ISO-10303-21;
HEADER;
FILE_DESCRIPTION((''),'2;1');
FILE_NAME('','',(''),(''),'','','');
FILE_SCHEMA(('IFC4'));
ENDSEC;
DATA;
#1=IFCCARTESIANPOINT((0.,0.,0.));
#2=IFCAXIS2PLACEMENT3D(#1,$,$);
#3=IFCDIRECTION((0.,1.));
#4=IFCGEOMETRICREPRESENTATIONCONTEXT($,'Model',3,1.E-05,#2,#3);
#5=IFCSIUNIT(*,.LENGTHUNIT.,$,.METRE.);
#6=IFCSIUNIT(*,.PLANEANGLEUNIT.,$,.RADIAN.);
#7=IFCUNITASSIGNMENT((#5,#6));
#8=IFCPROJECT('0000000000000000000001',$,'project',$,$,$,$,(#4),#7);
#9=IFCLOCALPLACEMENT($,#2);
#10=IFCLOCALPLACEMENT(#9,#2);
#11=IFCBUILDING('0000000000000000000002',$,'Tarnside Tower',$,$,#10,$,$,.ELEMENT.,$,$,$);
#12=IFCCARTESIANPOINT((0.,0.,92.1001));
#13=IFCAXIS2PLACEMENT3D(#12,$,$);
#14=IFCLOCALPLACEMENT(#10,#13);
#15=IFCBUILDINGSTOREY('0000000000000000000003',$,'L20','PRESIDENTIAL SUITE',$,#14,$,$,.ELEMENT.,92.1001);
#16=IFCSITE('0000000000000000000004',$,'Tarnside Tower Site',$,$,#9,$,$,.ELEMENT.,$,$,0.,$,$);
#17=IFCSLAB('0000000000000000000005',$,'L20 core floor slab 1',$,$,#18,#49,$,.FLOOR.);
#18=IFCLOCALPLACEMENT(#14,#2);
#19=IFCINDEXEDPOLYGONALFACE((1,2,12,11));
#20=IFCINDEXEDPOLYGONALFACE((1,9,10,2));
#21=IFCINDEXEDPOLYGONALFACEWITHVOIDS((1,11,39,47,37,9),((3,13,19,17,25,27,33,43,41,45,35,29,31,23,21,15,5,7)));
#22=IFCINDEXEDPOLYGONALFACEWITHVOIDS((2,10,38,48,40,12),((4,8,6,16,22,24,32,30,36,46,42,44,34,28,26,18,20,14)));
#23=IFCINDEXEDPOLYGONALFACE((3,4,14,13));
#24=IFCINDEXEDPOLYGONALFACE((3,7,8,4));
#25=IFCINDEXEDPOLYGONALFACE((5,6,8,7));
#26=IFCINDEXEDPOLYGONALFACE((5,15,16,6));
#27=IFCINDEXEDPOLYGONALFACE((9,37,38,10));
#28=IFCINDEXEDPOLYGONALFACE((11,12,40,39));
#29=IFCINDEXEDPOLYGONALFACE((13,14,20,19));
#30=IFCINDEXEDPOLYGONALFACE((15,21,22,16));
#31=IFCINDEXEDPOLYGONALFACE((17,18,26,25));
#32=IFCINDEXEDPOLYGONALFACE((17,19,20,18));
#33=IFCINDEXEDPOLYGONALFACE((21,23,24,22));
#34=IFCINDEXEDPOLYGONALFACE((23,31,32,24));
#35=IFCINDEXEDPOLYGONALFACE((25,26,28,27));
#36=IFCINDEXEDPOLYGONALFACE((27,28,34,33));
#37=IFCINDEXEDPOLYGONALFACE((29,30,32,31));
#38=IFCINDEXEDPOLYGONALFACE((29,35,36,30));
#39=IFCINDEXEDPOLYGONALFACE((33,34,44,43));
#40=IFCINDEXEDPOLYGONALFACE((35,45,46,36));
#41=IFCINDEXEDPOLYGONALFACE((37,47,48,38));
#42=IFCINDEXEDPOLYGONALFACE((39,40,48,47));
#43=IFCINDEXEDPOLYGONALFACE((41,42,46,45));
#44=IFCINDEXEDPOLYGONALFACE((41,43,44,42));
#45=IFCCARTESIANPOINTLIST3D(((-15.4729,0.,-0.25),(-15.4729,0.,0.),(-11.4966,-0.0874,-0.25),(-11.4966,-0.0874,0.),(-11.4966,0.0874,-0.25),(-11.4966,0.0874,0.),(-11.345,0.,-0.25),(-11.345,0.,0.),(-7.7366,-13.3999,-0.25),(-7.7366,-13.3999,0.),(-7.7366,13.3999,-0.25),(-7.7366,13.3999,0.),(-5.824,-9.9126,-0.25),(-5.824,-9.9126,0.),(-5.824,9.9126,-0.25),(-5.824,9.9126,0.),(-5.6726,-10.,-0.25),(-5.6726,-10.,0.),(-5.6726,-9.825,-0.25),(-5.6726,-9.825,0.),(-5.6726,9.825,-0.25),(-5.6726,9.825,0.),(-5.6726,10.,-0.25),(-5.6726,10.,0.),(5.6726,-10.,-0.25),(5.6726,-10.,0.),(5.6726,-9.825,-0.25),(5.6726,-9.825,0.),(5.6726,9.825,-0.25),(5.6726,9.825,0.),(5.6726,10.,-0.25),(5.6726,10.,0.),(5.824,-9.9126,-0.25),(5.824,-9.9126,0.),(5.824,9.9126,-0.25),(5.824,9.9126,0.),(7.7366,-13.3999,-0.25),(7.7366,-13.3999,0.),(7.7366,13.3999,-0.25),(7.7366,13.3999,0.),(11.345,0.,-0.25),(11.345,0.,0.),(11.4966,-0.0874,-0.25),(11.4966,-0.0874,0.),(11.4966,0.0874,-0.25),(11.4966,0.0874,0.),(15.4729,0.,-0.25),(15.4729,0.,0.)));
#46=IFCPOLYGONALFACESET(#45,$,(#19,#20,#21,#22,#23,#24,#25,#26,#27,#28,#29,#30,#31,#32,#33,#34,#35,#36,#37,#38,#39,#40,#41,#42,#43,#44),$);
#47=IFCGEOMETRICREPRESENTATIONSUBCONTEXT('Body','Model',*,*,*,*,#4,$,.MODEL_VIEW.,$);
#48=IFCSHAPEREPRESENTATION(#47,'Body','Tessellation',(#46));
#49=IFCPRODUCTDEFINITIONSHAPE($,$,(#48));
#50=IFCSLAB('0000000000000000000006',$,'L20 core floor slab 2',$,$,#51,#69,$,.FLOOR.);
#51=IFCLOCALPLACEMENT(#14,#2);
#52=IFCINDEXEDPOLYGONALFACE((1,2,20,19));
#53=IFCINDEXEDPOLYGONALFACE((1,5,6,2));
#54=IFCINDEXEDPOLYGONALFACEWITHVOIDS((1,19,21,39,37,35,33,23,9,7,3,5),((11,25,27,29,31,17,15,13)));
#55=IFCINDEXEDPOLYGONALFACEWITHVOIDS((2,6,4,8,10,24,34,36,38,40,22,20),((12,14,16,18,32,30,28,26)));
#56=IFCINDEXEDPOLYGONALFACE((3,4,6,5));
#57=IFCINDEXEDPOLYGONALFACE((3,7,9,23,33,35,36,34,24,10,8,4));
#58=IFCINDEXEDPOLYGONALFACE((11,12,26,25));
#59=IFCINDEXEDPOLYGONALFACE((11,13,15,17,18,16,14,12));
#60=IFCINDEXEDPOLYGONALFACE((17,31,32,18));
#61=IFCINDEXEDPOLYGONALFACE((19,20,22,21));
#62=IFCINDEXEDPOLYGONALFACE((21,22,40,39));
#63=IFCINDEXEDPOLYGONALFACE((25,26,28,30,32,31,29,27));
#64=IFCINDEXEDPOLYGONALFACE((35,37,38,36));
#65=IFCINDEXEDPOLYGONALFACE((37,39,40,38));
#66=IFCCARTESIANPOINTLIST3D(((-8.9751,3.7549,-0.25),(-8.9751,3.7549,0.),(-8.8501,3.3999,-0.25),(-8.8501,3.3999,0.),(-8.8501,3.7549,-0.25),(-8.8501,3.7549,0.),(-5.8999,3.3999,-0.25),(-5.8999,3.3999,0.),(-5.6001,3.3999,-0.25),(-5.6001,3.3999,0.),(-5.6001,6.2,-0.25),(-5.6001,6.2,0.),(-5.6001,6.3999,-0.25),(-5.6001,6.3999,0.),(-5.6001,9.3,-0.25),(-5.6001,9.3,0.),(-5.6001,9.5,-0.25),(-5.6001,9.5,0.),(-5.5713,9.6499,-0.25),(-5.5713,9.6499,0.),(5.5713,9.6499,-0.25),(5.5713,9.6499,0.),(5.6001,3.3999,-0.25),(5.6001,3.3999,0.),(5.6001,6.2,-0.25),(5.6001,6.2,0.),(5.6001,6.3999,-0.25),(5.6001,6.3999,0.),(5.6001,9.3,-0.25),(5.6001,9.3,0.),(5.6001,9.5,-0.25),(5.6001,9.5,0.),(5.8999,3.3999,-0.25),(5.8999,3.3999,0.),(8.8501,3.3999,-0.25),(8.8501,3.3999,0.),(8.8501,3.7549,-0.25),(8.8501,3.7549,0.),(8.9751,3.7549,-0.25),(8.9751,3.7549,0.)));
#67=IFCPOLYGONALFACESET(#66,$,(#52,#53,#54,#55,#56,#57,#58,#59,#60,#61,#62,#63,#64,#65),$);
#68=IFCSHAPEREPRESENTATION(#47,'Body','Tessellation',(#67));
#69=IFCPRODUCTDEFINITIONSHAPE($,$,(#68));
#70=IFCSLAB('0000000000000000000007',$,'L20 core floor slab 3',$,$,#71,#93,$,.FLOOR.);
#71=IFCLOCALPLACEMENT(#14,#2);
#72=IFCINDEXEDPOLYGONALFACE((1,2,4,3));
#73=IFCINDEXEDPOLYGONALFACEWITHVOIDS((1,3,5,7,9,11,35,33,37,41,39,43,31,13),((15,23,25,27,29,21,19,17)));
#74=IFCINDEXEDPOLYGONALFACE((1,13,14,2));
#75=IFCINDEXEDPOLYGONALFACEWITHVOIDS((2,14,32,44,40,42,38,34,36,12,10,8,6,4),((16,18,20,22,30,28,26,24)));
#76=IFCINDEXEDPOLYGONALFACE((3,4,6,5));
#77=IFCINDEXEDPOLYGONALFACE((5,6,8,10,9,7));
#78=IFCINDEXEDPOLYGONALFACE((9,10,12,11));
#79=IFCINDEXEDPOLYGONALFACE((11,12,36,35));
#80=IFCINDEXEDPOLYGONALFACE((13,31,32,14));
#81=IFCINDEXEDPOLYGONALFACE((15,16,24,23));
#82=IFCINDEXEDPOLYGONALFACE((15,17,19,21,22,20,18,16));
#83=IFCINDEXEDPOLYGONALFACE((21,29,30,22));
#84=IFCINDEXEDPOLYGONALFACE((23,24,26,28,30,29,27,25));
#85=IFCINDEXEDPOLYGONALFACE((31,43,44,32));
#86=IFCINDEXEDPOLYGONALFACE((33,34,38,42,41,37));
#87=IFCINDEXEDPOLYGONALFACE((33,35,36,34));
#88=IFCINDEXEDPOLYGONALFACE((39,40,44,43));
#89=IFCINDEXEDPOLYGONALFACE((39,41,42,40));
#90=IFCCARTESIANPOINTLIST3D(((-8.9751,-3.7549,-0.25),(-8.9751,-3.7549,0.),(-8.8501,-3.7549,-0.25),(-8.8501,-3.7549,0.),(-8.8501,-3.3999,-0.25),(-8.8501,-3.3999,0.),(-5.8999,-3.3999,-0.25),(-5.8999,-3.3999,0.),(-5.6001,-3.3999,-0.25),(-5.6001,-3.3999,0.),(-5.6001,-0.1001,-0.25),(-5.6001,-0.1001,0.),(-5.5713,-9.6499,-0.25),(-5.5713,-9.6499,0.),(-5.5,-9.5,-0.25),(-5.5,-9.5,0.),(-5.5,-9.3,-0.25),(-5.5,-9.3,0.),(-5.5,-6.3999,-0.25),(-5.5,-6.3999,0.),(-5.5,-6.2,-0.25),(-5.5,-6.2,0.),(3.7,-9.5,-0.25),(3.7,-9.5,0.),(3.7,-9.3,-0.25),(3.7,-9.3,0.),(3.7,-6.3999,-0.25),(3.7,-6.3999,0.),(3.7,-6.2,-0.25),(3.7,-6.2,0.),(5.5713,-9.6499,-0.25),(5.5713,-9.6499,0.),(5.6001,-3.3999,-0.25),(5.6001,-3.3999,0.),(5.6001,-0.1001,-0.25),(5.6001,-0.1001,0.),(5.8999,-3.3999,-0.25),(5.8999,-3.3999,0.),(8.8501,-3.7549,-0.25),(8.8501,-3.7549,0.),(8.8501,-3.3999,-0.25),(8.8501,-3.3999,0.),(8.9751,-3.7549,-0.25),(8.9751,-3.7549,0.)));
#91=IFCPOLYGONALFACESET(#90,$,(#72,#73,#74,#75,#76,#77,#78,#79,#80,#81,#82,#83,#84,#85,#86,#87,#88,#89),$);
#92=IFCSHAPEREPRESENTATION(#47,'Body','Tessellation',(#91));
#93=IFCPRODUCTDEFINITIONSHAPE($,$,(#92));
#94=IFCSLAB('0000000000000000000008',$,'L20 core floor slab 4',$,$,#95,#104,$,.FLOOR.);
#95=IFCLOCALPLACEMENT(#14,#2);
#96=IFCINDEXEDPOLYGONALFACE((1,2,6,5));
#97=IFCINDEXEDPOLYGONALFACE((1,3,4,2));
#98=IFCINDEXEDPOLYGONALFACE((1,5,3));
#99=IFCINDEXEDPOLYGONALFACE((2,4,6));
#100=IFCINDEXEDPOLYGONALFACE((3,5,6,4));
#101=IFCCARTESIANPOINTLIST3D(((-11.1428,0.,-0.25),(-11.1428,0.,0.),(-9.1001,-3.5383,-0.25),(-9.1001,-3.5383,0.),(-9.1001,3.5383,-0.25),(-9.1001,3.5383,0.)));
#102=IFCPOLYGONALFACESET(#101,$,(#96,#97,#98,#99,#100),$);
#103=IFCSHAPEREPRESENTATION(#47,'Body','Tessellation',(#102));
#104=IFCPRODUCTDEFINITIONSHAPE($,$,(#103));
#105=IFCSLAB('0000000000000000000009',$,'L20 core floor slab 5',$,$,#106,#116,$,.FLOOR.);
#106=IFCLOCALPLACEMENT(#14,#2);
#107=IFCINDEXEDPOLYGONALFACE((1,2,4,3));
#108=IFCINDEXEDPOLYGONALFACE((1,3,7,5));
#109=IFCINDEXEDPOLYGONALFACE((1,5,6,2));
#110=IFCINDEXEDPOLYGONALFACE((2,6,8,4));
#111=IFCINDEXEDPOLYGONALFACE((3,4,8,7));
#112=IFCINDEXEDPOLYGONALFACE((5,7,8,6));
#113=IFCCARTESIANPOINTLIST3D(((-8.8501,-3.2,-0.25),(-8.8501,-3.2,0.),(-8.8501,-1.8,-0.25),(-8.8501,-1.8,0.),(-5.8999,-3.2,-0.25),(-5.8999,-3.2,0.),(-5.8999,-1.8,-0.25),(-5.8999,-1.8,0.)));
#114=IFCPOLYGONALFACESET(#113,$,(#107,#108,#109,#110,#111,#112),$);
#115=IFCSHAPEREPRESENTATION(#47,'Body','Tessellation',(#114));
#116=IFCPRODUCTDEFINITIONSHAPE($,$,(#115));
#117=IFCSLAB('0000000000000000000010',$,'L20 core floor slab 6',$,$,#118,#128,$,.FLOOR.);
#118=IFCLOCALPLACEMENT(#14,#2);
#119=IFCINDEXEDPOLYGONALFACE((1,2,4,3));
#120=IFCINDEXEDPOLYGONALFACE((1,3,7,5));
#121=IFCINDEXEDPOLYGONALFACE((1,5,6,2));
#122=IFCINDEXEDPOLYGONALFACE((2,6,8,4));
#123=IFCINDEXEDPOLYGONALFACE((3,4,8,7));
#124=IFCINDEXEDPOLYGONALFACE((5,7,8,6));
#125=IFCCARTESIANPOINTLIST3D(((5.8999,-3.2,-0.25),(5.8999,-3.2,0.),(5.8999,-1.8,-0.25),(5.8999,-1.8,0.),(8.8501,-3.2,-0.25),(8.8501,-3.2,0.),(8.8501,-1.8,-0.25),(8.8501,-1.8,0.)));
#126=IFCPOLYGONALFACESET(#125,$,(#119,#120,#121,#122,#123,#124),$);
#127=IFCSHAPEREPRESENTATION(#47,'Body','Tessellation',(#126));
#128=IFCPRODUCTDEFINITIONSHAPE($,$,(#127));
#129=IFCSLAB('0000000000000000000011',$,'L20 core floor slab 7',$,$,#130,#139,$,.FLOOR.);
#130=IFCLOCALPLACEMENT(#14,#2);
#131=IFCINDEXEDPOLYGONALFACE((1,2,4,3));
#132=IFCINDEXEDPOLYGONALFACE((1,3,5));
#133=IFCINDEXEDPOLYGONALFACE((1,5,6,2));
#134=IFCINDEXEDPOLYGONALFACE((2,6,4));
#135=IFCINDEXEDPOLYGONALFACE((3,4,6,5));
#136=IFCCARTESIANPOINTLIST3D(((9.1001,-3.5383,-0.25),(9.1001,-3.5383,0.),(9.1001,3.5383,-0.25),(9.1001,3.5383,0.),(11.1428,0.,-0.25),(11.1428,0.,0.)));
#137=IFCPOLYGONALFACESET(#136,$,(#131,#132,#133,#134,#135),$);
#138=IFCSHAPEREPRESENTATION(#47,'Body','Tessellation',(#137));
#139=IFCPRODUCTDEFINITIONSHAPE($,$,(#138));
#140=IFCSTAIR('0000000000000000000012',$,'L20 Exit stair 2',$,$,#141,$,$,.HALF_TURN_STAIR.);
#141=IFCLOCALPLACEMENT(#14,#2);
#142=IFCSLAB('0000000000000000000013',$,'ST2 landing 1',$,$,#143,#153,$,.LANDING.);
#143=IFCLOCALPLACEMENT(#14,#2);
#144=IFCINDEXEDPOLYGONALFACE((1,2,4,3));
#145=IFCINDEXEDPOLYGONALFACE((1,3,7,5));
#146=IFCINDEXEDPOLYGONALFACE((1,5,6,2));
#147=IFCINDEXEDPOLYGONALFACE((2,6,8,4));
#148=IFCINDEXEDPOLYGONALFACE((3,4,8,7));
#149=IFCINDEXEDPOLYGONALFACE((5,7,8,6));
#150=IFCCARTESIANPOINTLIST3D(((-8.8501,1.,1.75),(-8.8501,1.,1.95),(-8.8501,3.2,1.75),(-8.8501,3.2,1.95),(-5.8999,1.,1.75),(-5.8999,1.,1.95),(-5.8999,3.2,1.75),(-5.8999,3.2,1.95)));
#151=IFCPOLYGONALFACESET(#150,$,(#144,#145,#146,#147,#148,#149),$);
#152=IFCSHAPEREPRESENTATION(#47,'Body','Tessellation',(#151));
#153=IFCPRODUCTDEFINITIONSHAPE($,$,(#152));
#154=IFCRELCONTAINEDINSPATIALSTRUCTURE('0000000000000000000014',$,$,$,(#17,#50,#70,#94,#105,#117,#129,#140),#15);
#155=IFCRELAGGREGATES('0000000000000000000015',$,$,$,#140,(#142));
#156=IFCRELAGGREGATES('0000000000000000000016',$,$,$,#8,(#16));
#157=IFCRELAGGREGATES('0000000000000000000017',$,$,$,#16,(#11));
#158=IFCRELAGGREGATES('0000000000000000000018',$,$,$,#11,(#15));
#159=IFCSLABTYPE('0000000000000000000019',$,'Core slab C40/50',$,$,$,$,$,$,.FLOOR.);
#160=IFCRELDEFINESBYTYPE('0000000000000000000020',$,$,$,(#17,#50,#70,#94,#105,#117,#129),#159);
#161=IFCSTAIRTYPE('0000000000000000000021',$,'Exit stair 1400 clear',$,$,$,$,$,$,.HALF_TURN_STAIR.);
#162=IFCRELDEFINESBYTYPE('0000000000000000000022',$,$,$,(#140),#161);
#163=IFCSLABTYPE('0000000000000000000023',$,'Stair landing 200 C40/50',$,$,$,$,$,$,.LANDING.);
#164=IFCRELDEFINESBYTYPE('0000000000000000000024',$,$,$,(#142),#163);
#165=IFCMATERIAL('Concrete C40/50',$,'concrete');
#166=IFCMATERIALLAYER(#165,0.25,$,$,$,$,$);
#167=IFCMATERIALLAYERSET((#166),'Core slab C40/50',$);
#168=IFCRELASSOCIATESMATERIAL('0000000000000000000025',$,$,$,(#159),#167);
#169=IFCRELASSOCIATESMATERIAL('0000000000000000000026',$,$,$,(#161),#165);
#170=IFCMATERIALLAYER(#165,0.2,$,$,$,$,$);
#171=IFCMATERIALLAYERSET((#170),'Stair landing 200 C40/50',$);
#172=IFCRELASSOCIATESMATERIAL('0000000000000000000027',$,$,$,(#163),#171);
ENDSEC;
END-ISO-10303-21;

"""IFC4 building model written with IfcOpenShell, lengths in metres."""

from ifc_helpers import new_model, si_unit, direction, frame, origin, place, context, subcontext, project, spatial, polyline, outline, extrude, material, layer, layer_set, type_object, element, aggregate, save


model = new_model("IFC4")

# Units and contexts
model_context = context("Model", 3, precision=1e-05, world=origin(), true_north=direction((0.0, 1.0)))
body_context = subcontext(model_context, "Body", "Model", "MODEL_VIEW")
ifc_project = project(units=[si_unit("LENGTHUNIT", "METRE"), si_unit("PLANEANGLEUNIT", "RADIAN")], contexts=[model_context])

# Site, building, storey
site_placement = place(None, origin())
site = spatial("IfcSite", under=ifc_project, at=site_placement, Name="Tarnside Tower Site", CompositionType="ELEMENT", RefElevation=0.0)
building_placement = place(site_placement, origin())
building = spatial("IfcBuilding", under=site, at=building_placement, Name="Tarnside Tower", CompositionType="ELEMENT")
storey_placement = place(building_placement, frame((0.0, 0.0, 92.1001)))
storey = spatial("IfcBuildingStorey", under=building, at=storey_placement, Name="L20", Description="PRESIDENTIAL SUITE", CompositionType="ELEMENT", Elevation=92.1001)

# Slabs
ifc_material_1 = material(Name="Concrete C40/50", Category="concrete")
ifc_layer_1 = layer(ifc_material_1, 0.25)
ifc_layer_set_1 = layer_set([ifc_layer_1], Name="Core slab C40/50")
slab_type_1 = type_object("IfcSlabType", Name="Core slab C40/50", PredefinedType="FLOOR", material=ifc_layer_set_1)
slab_1_placement = place(storey_placement, frame((0.0, 0.0, -0.25)))
element("IfcSlab", 1, at=slab_1_placement, inside=storey, type_object=slab_type_1, Name="L20 core floor slab 1", PredefinedType="FLOOR", context=body_context, shape_type="SweptSolid", body=[
    extrude(outline(polyline([(-15.4729, 0.0), (-7.7366, 13.3999), (7.7366, 13.3999), (15.4729, 0.0), (7.7366, -13.3999), (-7.7366, -13.3999), (-15.4729, 0.0)]), holes=[polyline([(5.824, -9.9126), (11.4966, -0.0874), (11.345, 0.0), (11.4966, 0.0874), (5.824, 9.9126), (5.6726, 9.825), (5.6726, 10.0), (-5.6726, 10.0), (-5.6726, 9.825), (-5.824, 9.9126), (-11.4966, 0.0874), (-11.345, 0.0), (-11.4966, -0.0874), (-5.824, -9.9126), (-5.6726, -9.825), (-5.6726, -10.0), (5.6726, -10.0), (5.6726, -9.825), (5.824, -9.9126)])]), origin(), (0.0, 0.0, 1.0), 0.25),
])
slab_2_placement = place(storey_placement, frame((0.0, 0.0, -0.25)))
element("IfcSlab", 2, at=slab_2_placement, inside=storey, type_object=slab_type_1, Name="L20 core floor slab 2", PredefinedType="FLOOR", context=body_context, shape_type="SweptSolid", body=[
    extrude(outline(polyline([(-8.9751, 3.7549), (-5.5713, 9.6499), (5.5713, 9.6499), (8.9751, 3.7549), (8.8501, 3.7549), (8.8501, 3.3999), (5.8999, 3.3999), (5.6001, 3.3999), (5.6001, 3.3999), (-5.6001, 3.3999), (-5.8999, 3.3999), (-8.8501, 3.3999), (-8.8501, 3.7549), (-8.9751, 3.7549)]), holes=[polyline([(-5.6001, 6.2), (5.6001, 6.2), (5.6001, 6.3999), (5.6001, 9.3), (5.6001, 9.5), (-5.6001, 9.5), (-5.6001, 9.3), (-5.6001, 6.3999), (-5.6001, 6.2)])]), origin(), (0.0, 0.0, 1.0), 0.25),
])
slab_3_placement = place(storey_placement, frame((0.0, 0.0, -0.25)))
element("IfcSlab", 3, at=slab_3_placement, inside=storey, type_object=slab_type_1, Name="L20 core floor slab 3", PredefinedType="FLOOR", context=body_context, shape_type="SweptSolid", body=[
    extrude(outline(polyline([(5.6001, -3.3999), (5.8999, -3.3999), (8.8501, -3.3999), (8.8501, -3.7549), (8.9751, -3.7549), (5.5713, -9.6499), (-5.5713, -9.6499), (-8.9751, -3.7549), (-8.8501, -3.7549), (-8.8501, -3.3999), (-5.8999, -3.3999), (-5.6001, -3.3999), (-5.6001, -0.1001), (5.6001, -0.1001), (5.6001, -3.3999)]), holes=[polyline([(-5.5, -9.3), (-5.5, -9.5), (3.7, -9.5), (3.7, -9.3), (3.7, -6.3999), (3.7, -6.2), (-5.5, -6.2), (-5.5, -6.3999), (-5.5, -9.3)])]), origin(), (0.0, 0.0, 1.0), 0.25),
])
slab_4_placement = place(storey_placement, frame((0.0, 0.0, -0.25)))
element("IfcSlab", 4, at=slab_4_placement, inside=storey, type_object=slab_type_1, Name="L20 core floor slab 4", PredefinedType="FLOOR", context=body_context, shape_type="SweptSolid", body=[
    extrude(outline(polyline([(-11.1428, 0.0), (-9.1001, 3.5383), (-9.1001, -3.5383), (-11.1428, 0.0)])), origin(), (0.0, 0.0, 1.0), 0.25),
])
slab_5_placement = place(storey_placement, frame((0.0, 0.0, -0.25)))
element("IfcSlab", 5, at=slab_5_placement, inside=storey, type_object=slab_type_1, Name="L20 core floor slab 5", PredefinedType="FLOOR", context=body_context, shape_type="SweptSolid", body=[
    extrude(outline(polyline([(-8.8501, -1.8), (-5.8999, -1.8), (-5.8999, -3.2), (-8.8501, -3.2), (-8.8501, -1.8)])), origin(), (0.0, 0.0, 1.0), 0.25),
])
slab_6_placement = place(storey_placement, frame((0.0, 0.0, -0.25)))
element("IfcSlab", 6, at=slab_6_placement, inside=storey, type_object=slab_type_1, Name="L20 core floor slab 6", PredefinedType="FLOOR", context=body_context, shape_type="SweptSolid", body=[
    extrude(outline(polyline([(5.8999, -3.2), (5.8999, -1.8), (8.8501, -1.8), (8.8501, -3.2), (5.8999, -3.2)])), origin(), (0.0, 0.0, 1.0), 0.25),
])
slab_7_placement = place(storey_placement, frame((0.0, 0.0, -0.25)))
element("IfcSlab", 7, at=slab_7_placement, inside=storey, type_object=slab_type_1, Name="L20 core floor slab 7", PredefinedType="FLOOR", context=body_context, shape_type="SweptSolid", body=[
    extrude(outline(polyline([(9.1001, -3.5383), (9.1001, 3.5383), (11.1428, 0.0), (9.1001, -3.5383)])), origin(), (0.0, 0.0, 1.0), 0.25),
])

# Stair, slab
stair_type = type_object("IfcStairType", Name="Exit stair 1400 clear", PredefinedType="HALF_TURN_STAIR", material=ifc_material_1)
stair_1_placement = place(storey_placement, origin())
stair_1 = element("IfcStair", 8, at=stair_1_placement, inside=storey, type_object=stair_type, Name="L20 Exit stair 2", PredefinedType="HALF_TURN_STAIR")
ifc_layer_2 = layer(ifc_material_1, 0.2)
ifc_layer_set_2 = layer_set([ifc_layer_2], Name="Stair landing 200 C40/50")
slab_type_2 = type_object("IfcSlabType", Name="Stair landing 200 C40/50", PredefinedType="LANDING", material=ifc_layer_set_2)
slab_8_placement = place(storey_placement, frame((0.0, 0.0, 1.75)))
slab_8 = element("IfcSlab", 9, at=slab_8_placement, type_object=slab_type_2, Name="ST2 landing 1", PredefinedType="LANDING", context=body_context, shape_type="SweptSolid", body=[
    extrude(outline(polyline([(-5.8999, 1.0), (-5.8999, 3.2), (-8.8501, 3.2), (-8.8501, 1.0), (-5.8999, 1.0)])), origin(), (0.0, 0.0, 1.0), 0.2),
])
aggregate(stair_1, [slab_8])

save(model, "model.ifc")
